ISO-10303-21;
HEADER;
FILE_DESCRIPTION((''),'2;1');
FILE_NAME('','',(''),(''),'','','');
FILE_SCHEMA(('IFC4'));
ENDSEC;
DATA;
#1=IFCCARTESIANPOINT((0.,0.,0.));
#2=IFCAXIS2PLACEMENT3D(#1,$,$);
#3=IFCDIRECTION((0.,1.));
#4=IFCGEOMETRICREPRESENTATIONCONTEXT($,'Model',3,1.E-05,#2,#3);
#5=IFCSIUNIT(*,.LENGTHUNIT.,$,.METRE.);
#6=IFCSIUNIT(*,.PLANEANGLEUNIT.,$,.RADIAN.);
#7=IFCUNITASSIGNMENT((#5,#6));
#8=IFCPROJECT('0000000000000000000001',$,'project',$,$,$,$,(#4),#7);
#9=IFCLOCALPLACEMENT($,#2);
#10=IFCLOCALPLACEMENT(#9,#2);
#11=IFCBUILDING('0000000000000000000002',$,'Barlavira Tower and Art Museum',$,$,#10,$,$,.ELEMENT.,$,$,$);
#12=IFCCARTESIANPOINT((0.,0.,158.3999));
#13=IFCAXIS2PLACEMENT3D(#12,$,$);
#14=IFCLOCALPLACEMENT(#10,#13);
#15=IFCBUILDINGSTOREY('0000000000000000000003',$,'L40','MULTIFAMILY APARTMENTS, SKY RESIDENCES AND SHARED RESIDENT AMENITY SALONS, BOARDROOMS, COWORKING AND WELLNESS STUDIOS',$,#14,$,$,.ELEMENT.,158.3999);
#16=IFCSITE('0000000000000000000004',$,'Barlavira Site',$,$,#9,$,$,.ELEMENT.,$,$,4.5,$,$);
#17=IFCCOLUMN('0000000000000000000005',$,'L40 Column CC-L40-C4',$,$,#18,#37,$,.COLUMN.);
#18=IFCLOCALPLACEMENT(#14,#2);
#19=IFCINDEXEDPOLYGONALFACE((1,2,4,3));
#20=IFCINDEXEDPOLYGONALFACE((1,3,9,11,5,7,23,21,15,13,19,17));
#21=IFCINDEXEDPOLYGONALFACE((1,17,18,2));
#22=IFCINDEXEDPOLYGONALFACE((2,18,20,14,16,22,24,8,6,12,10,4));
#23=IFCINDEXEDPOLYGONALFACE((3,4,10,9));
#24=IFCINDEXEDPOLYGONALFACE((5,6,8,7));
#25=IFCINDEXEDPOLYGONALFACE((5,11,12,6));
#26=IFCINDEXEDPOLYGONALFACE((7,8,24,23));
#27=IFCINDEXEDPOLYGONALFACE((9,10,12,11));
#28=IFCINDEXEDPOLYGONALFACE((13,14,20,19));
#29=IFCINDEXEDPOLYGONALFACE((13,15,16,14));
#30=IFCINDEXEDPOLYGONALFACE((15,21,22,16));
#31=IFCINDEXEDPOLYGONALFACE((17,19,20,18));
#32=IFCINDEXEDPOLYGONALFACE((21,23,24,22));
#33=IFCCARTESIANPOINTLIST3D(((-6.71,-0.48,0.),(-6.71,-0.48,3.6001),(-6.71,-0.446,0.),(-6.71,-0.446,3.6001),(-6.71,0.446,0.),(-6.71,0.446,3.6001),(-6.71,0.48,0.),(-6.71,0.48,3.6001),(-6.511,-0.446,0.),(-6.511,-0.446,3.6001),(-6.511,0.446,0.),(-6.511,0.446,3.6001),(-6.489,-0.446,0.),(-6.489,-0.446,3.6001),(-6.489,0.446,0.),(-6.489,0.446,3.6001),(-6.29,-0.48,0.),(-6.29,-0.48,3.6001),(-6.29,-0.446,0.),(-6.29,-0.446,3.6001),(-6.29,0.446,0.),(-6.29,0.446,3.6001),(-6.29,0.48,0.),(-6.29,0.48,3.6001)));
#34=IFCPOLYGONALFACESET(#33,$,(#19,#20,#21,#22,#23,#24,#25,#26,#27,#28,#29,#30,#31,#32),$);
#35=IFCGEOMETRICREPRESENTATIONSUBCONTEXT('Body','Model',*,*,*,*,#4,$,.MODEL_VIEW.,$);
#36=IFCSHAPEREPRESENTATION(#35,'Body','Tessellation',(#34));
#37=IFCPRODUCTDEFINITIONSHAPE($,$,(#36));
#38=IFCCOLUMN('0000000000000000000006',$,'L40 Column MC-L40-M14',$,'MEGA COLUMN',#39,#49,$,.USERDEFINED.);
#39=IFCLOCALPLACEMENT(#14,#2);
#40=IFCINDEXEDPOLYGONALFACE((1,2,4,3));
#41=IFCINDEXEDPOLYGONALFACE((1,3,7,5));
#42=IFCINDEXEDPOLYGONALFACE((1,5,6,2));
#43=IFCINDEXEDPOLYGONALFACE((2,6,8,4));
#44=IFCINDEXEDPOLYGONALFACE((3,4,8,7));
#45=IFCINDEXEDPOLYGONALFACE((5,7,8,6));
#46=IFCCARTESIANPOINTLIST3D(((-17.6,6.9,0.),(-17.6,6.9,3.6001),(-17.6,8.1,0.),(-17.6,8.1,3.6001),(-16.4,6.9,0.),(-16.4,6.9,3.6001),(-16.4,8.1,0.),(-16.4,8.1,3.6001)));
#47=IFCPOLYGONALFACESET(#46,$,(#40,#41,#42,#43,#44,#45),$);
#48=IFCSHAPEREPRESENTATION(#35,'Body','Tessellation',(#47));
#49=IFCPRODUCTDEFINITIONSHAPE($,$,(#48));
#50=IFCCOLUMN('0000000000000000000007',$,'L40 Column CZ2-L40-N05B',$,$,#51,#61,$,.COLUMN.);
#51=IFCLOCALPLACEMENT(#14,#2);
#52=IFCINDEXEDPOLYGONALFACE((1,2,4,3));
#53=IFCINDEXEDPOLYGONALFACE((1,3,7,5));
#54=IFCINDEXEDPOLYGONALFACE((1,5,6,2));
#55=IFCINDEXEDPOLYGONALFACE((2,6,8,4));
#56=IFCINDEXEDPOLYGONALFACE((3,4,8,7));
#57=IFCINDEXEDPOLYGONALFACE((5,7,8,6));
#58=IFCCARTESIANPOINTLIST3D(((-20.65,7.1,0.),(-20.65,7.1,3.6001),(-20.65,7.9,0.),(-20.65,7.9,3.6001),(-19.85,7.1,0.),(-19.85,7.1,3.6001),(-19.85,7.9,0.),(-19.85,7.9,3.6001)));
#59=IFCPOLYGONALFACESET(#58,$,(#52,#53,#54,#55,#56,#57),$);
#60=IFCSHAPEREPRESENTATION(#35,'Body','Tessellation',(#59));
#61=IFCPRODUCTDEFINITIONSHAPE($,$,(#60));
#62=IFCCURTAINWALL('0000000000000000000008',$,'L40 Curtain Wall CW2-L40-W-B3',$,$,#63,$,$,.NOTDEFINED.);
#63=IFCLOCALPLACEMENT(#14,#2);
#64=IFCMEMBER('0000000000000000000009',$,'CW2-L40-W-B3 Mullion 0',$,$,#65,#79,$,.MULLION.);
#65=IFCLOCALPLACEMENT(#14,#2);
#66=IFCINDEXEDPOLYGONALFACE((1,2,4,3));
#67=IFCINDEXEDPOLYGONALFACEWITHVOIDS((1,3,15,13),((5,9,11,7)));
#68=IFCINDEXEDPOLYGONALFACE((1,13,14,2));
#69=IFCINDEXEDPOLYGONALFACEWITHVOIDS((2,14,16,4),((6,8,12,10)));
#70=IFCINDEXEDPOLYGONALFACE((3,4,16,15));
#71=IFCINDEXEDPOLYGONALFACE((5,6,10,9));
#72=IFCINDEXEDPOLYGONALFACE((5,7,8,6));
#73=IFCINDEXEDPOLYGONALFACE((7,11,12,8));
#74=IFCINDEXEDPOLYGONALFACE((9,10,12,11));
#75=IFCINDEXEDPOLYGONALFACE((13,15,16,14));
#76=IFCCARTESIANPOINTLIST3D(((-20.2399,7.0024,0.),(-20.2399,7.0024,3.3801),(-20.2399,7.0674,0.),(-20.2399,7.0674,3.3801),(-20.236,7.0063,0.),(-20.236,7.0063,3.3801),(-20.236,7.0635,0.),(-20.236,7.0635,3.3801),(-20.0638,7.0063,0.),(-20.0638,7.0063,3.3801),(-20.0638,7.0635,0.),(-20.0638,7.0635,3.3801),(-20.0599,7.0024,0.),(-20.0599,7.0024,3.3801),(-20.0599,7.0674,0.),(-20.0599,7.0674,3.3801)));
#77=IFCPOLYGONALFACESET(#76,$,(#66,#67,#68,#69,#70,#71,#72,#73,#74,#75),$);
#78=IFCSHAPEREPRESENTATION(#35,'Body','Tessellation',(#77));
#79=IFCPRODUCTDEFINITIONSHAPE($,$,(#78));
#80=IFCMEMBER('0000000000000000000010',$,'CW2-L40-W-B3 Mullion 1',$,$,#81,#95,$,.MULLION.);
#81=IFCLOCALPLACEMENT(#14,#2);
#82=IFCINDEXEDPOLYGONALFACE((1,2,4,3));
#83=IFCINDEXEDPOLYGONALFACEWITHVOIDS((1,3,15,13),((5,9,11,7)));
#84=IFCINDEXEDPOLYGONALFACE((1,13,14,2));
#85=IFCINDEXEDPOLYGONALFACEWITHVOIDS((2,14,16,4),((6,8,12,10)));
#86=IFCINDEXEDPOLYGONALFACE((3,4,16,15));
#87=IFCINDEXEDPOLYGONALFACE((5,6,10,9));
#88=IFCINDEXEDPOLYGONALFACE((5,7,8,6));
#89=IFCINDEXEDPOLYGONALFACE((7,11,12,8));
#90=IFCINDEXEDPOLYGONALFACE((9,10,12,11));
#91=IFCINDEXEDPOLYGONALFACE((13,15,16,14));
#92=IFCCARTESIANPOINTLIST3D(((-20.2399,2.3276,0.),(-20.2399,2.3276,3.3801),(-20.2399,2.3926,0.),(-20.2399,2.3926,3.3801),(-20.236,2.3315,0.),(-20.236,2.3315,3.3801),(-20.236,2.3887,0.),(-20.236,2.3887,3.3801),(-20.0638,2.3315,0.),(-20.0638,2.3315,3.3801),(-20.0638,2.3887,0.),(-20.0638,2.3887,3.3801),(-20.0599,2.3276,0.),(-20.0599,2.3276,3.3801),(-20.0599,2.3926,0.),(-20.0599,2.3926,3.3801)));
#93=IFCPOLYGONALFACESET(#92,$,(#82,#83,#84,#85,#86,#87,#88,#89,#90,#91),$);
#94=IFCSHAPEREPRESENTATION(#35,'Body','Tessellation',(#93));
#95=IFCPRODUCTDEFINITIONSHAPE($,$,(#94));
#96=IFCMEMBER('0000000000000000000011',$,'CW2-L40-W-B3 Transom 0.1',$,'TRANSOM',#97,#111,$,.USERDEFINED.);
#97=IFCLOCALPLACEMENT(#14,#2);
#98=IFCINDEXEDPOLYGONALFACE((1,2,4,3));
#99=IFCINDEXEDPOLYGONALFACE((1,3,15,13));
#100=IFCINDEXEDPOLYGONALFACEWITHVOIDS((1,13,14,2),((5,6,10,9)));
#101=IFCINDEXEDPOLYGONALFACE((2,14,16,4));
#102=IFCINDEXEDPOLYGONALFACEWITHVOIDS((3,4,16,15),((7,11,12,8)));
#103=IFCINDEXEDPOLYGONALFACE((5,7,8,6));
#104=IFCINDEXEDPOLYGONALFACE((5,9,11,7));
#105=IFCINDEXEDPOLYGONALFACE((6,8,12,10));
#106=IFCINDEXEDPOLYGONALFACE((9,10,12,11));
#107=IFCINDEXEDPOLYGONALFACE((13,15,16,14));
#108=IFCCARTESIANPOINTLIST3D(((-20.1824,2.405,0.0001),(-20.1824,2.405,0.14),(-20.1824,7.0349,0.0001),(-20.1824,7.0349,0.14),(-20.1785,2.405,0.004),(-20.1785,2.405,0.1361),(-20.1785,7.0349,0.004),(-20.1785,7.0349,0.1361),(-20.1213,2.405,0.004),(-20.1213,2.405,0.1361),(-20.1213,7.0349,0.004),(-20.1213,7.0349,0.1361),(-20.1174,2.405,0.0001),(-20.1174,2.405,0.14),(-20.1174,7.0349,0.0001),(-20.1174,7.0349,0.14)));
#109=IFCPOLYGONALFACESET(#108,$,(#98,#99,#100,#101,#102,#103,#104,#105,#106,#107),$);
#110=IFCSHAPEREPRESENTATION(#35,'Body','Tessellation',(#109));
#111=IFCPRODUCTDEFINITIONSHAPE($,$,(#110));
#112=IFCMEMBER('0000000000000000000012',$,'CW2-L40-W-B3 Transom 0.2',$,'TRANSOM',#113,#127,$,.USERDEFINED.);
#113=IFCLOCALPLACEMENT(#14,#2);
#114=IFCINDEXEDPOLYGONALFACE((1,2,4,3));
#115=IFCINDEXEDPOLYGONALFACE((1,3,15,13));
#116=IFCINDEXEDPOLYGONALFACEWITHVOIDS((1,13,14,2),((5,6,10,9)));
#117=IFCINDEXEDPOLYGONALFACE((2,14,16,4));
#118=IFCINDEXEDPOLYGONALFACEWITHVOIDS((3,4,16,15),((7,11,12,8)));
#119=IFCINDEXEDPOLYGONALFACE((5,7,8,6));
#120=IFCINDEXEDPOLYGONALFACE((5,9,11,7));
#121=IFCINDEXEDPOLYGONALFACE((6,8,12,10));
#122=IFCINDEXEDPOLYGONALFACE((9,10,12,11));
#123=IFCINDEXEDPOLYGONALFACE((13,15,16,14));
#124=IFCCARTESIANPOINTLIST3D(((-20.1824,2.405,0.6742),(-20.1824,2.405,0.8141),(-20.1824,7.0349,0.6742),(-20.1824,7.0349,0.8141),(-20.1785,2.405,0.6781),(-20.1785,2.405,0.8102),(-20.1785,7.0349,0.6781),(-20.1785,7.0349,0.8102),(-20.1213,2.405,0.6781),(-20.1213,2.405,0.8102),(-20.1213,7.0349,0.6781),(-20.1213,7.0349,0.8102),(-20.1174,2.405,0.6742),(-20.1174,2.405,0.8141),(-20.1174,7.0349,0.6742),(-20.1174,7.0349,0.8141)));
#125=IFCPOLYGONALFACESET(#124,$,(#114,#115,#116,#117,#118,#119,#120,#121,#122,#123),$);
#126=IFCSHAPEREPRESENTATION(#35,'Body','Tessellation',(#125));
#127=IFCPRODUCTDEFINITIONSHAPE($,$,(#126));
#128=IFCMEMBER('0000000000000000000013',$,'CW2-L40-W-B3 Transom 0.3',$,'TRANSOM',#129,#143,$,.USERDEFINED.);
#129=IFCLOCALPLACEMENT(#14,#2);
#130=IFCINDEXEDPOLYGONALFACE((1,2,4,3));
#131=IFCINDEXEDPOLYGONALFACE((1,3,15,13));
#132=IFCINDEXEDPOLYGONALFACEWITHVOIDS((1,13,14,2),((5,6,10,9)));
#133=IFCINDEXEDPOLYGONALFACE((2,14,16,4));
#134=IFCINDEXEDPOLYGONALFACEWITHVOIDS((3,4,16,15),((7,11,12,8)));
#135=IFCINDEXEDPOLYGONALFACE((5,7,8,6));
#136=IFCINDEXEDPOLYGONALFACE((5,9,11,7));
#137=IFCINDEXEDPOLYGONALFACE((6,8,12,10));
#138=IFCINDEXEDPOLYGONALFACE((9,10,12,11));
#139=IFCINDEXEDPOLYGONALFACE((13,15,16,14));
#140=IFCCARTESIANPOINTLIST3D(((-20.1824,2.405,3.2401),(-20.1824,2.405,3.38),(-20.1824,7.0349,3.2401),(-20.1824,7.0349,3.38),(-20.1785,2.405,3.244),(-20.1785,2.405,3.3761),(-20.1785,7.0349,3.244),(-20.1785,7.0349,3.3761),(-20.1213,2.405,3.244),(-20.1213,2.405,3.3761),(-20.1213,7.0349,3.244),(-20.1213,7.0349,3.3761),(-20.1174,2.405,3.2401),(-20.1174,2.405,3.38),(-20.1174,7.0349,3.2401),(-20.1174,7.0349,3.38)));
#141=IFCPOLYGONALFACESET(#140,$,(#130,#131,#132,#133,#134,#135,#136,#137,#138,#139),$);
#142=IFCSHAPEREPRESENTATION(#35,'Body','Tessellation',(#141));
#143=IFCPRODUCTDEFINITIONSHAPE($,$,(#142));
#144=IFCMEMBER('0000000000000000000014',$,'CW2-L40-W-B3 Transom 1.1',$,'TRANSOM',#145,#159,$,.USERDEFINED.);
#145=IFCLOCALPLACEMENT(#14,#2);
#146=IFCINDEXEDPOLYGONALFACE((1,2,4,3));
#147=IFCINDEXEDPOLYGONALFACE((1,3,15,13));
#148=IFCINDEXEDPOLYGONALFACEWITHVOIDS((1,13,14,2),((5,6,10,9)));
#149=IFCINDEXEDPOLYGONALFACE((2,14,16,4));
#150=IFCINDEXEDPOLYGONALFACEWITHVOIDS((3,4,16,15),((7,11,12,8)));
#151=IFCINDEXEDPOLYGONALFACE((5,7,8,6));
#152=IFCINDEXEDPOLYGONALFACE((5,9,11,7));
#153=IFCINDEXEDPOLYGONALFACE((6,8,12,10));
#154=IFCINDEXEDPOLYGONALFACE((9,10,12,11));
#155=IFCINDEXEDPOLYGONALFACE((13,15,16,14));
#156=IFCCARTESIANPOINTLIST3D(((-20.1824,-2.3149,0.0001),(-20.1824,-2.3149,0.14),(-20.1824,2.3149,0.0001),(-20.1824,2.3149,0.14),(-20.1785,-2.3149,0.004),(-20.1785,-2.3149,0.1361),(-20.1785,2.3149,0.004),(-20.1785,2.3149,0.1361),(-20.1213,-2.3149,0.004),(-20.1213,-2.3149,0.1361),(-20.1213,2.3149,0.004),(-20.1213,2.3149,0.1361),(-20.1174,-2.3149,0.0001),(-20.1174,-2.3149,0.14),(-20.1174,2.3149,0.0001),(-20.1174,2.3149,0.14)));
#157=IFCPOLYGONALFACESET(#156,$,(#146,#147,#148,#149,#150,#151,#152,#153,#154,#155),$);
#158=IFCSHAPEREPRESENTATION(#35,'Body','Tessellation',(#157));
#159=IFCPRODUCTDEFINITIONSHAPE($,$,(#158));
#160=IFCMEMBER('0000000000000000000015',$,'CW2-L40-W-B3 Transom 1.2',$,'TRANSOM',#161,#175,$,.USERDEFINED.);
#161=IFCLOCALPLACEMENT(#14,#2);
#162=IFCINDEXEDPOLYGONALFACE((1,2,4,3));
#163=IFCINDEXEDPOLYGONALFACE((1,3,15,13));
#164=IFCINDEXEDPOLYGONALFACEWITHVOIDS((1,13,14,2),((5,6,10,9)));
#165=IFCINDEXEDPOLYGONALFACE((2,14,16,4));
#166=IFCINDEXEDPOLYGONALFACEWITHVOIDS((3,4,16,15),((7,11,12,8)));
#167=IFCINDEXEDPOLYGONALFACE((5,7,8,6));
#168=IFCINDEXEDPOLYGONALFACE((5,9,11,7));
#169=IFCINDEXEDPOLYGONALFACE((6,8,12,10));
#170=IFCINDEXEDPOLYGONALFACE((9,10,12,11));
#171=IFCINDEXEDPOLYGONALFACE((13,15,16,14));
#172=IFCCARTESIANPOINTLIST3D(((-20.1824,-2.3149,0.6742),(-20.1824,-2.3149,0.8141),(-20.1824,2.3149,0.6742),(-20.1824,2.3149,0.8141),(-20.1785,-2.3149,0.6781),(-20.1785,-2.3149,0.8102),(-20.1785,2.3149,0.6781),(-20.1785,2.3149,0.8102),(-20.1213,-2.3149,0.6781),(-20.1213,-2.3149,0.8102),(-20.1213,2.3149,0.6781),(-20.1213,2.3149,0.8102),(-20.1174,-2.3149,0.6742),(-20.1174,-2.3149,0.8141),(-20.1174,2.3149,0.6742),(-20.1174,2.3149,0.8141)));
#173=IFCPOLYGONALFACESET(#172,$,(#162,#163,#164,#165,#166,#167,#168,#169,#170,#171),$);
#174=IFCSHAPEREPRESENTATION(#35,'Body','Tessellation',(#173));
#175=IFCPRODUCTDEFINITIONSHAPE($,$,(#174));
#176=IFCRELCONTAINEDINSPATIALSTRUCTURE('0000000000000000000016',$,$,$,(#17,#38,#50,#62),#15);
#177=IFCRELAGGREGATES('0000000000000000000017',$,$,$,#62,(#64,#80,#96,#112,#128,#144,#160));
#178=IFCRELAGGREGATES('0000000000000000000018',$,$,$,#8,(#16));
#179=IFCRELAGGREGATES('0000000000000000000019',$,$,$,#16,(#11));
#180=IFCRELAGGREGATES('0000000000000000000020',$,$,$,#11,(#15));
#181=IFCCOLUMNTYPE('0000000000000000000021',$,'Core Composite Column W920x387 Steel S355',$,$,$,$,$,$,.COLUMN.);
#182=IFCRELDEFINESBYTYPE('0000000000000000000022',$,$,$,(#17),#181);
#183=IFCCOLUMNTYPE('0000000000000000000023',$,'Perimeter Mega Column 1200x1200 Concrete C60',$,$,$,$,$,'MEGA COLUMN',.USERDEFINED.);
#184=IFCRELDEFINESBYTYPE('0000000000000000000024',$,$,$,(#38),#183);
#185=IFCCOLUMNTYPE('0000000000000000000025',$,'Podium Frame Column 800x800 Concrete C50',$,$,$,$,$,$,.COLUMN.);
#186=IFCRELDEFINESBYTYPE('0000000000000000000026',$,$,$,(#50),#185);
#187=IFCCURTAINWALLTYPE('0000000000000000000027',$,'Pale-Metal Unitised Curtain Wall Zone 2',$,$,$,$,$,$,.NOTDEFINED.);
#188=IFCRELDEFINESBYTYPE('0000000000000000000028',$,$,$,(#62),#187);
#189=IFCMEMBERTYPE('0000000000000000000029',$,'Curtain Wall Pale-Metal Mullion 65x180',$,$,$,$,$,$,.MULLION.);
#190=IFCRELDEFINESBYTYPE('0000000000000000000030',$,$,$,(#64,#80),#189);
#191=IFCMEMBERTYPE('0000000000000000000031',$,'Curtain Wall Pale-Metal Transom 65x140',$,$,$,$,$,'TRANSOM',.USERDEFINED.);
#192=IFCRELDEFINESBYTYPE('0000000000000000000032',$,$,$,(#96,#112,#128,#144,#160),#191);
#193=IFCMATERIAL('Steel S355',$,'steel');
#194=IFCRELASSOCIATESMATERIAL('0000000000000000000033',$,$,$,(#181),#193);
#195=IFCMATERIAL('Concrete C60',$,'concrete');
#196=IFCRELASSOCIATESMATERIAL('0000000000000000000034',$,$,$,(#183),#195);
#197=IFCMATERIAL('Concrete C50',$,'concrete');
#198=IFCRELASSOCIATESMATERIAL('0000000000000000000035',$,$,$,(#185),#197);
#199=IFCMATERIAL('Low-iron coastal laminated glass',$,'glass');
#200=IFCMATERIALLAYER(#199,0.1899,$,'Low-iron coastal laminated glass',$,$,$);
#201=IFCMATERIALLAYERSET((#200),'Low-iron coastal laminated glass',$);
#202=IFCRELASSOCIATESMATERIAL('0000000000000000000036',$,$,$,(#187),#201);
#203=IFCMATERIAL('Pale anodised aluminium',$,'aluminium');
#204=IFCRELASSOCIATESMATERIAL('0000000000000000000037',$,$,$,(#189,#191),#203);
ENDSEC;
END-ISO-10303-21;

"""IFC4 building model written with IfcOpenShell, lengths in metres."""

from ifc_helpers import new_model, si_unit, direction, frame, origin, origin_2d, place, context, subcontext, project, spatial, rectangle, hollow_rectangle, i_section, extrude, material, layer, layer_set, material_profile, profile_set, type_object, element, aggregate, save


model = new_model("IFC4")

# Units and contexts
model_context = context("Model", 3, precision=1e-05, world=origin(), true_north=direction((0.0, 1.0)))
body_context = subcontext(model_context, "Body", "Model", "MODEL_VIEW")
ifc_project = project(units=[si_unit("LENGTHUNIT", "METRE"), si_unit("PLANEANGLEUNIT", "RADIAN")], contexts=[model_context])

# Site, building, storey
site_placement = place(None, origin())
site = spatial("IfcSite", under=ifc_project, at=site_placement, Name="Barlavira Site", CompositionType="ELEMENT", RefElevation=4.5)
building_placement = place(site_placement, origin())
building = spatial("IfcBuilding", under=site, at=building_placement, Name="Barlavira Tower and Art Museum", CompositionType="ELEMENT")
storey_placement = place(building_placement, frame((0.0, 0.0, 158.3999)))
storey = spatial("IfcBuildingStorey", under=building, at=storey_placement, Name="L40", Description="MULTIFAMILY APARTMENTS, SKY RESIDENCES AND SHARED RESIDENT AMENITY SALONS, BOARDROOMS, COWORKING AND WELLNESS STUDIOS", CompositionType="ELEMENT", Elevation=158.3999)

# Columns
ifc_material_1 = material(Name="Steel S355", Category="steel")
ifc_material_profile_1 = material_profile(ifc_material_1, i_section(OverallWidth=0.4199, OverallDepth=0.96, WebThickness=0.022, FlangeThickness=0.0339, at=origin_2d()), Name="W920x387.0")
ifc_profile_set_1 = profile_set([ifc_material_profile_1], Name="Steel S355")
column_type_1 = type_object("IfcColumnType", Name="Core Composite Column W920x387 Steel S355", PredefinedType="COLUMN", material=ifc_profile_set_1)
column_1_placement = place(storey_placement, frame((-6.5, 0.0, 0.0), z_axis=(0.0, 0.0, 1.0), x_axis=(1.0, 0.0, 0.0)))
element("IfcColumn", 1, at=column_1_placement, inside=storey, type_object=column_type_1, Name="L40 Column CC-L40-C4", PredefinedType="COLUMN", context=body_context, shape_type="SweptSolid", body=[
    extrude(i_section(OverallWidth=0.4199, OverallDepth=0.96, WebThickness=0.022, FlangeThickness=0.0339, at=origin_2d()), origin(), (0.0, 0.0, 1.0), 3.6001),
])
ifc_material_2 = material(Name="Concrete C60", Category="concrete")
ifc_material_profile_2 = material_profile(ifc_material_2, rectangle(XDim=1.2, YDim=1.2, at=origin_2d()), Name="RC-COL 1200x1200")
ifc_profile_set_2 = profile_set([ifc_material_profile_2], Name="Concrete C60")
column_type_2 = type_object("IfcColumnType", Name="Perimeter Mega Column 1200x1200 Concrete C60", ElementType="MEGA COLUMN", PredefinedType="USERDEFINED", material=ifc_profile_set_2)
column_2_placement = place(storey_placement, frame((-17.0, 7.5, 0.0), z_axis=(0.0, 0.0, 1.0), x_axis=(1.0, 0.0, 0.0)))
element("IfcColumn", 2, at=column_2_placement, inside=storey, type_object=column_type_2, Name="L40 Column MC-L40-M14", ObjectType="MEGA COLUMN", PredefinedType="USERDEFINED", context=body_context, shape_type="SweptSolid", body=[
    extrude(rectangle(XDim=1.2, YDim=1.2, at=origin_2d()), origin(), (0.0, 0.0, 1.0), 3.6001),
])
ifc_material_3 = material(Name="Concrete C50", Category="concrete")
ifc_material_profile_3 = material_profile(ifc_material_3, rectangle(XDim=0.8, YDim=0.8, at=origin_2d()), Name="RC-COL 800x800")
ifc_profile_set_3 = profile_set([ifc_material_profile_3], Name="Concrete C50")
column_type_3 = type_object("IfcColumnType", Name="Podium Frame Column 800x800 Concrete C50", PredefinedType="COLUMN", material=ifc_profile_set_3)
column_3_placement = place(storey_placement, frame((-20.25, 7.5, 0.0), z_axis=(0.0, 0.0, 1.0), x_axis=(1.0, 0.0, 0.0)))
element("IfcColumn", 3, at=column_3_placement, inside=storey, type_object=column_type_3, Name="L40 Column CZ2-L40-N05B", PredefinedType="COLUMN", context=body_context, shape_type="SweptSolid", body=[
    extrude(rectangle(XDim=0.8, YDim=0.8, at=origin_2d()), origin(), (0.0, 0.0, 1.0), 3.6001),
])

# Curtain wall, members
ifc_material_4 = material(Name="Low-iron coastal laminated glass", Category="glass")
ifc_layer_1 = layer(ifc_material_4, 0.1899, Name="Low-iron coastal laminated glass")
ifc_layer_set_1 = layer_set([ifc_layer_1], Name="Low-iron coastal laminated glass")
curtain_wall_type = type_object("IfcCurtainWallType", Name="Pale-Metal Unitised Curtain Wall Zone 2", PredefinedType="NOTDEFINED", material=ifc_layer_set_1)
curtain_wall_placement = place(storey_placement, origin())
curtain_wall = element("IfcCurtainWall", 4, at=curtain_wall_placement, inside=storey, type_object=curtain_wall_type, Name="L40 Curtain Wall CW2-L40-W-B3", PredefinedType="NOTDEFINED")
ifc_material_5 = material(Name="Pale anodised aluminium", Category="aluminium")
ifc_material_profile_4 = material_profile(ifc_material_5, hollow_rectangle(XDim=0.0649, YDim=0.1799, WallThickness=0.0039, at=origin_2d()), Name="ALU-MULL 65x180x4")
ifc_profile_set_4 = profile_set([ifc_material_profile_4], Name="Pale anodised aluminium")
member_type_1 = type_object("IfcMemberType", Name="Curtain Wall Pale-Metal Mullion 65x180", PredefinedType="MULLION", material=ifc_profile_set_4)
member_1_placement = place(storey_placement, frame((-20.1499, 7.0349, 0.0), z_axis=(0.0, 0.0, 1.0), x_axis=(0.0, -1.0, 0.0)))
member_1 = element("IfcMember", 5, at=member_1_placement, type_object=member_type_1, Name="CW2-L40-W-B3 Mullion 0", PredefinedType="MULLION", context=body_context, shape_type="SweptSolid", body=[
    extrude(hollow_rectangle(XDim=0.0649, YDim=0.1799, WallThickness=0.0039, at=origin_2d()), origin(), (0.0, 0.0, 1.0), 3.3801),
])
member_2_placement = place(storey_placement, frame((-20.1499, 2.3601, 0.0), z_axis=(0.0, 0.0, 1.0), x_axis=(0.0, -1.0, 0.0)))
member_2 = element("IfcMember", 6, at=member_2_placement, type_object=member_type_1, Name="CW2-L40-W-B3 Mullion 1", PredefinedType="MULLION", context=body_context, shape_type="SweptSolid", body=[
    extrude(hollow_rectangle(XDim=0.0649, YDim=0.1799, WallThickness=0.0039, at=origin_2d()), origin(), (0.0, 0.0, 1.0), 3.3801),
])
ifc_material_profile_5 = material_profile(ifc_material_5, hollow_rectangle(XDim=0.0649, YDim=0.1399, WallThickness=0.0039, at=origin_2d()), Name="ALU-TRAN 65x140x4")
ifc_profile_set_5 = profile_set([ifc_material_profile_5], Name="Pale anodised aluminium")
member_type_2 = type_object("IfcMemberType", Name="Curtain Wall Pale-Metal Transom 65x140", ElementType="TRANSOM", PredefinedType="USERDEFINED", material=ifc_profile_set_5)
member_3_placement = place(storey_placement, frame((-20.1499, 7.0349, 0.0701), z_axis=(0.0, -1.0, 0.0), x_axis=(1.0, 0.0, 0.0)))
member_3 = element("IfcMember", 7, at=member_3_placement, type_object=member_type_2, Name="CW2-L40-W-B3 Transom 0.1", ObjectType="TRANSOM", PredefinedType="USERDEFINED", context=body_context, shape_type="SweptSolid", body=[
    extrude(hollow_rectangle(XDim=0.0649, YDim=0.1399, WallThickness=0.0039, at=origin_2d()), origin(), (0.0, 0.0, 1.0), 4.6299),
])
member_4_placement = place(storey_placement, frame((-20.1499, 7.0349, 0.7441), z_axis=(0.0, -1.0, 0.0), x_axis=(1.0, 0.0, 0.0)))
member_4 = element("IfcMember", 8, at=member_4_placement, type_object=member_type_2, Name="CW2-L40-W-B3 Transom 0.2", ObjectType="TRANSOM", PredefinedType="USERDEFINED", context=body_context, shape_type="SweptSolid", body=[
    extrude(hollow_rectangle(XDim=0.0649, YDim=0.1399, WallThickness=0.0039, at=origin_2d()), origin(), (0.0, 0.0, 1.0), 4.6299),
])
member_5_placement = place(storey_placement, frame((-20.1499, 7.0349, 3.3101), z_axis=(0.0, -1.0, 0.0), x_axis=(1.0, 0.0, 0.0)))
member_5 = element("IfcMember", 9, at=member_5_placement, type_object=member_type_2, Name="CW2-L40-W-B3 Transom 0.3", ObjectType="TRANSOM", PredefinedType="USERDEFINED", context=body_context, shape_type="SweptSolid", body=[
    extrude(hollow_rectangle(XDim=0.0649, YDim=0.1399, WallThickness=0.0039, at=origin_2d()), origin(), (0.0, 0.0, 1.0), 4.6299),
])
member_6_placement = place(storey_placement, frame((-20.1499, 2.3149, 0.0701), z_axis=(0.0, -1.0, 0.0), x_axis=(1.0, 0.0, 0.0)))
member_6 = element("IfcMember", 10, at=member_6_placement, type_object=member_type_2, Name="CW2-L40-W-B3 Transom 1.1", ObjectType="TRANSOM", PredefinedType="USERDEFINED", context=body_context, shape_type="SweptSolid", body=[
    extrude(hollow_rectangle(XDim=0.0649, YDim=0.1399, WallThickness=0.0039, at=origin_2d()), origin(), (0.0, 0.0, 1.0), 4.6299),
])
member_7_placement = place(storey_placement, frame((-20.1499, 2.3149, 0.7441), z_axis=(0.0, -1.0, 0.0), x_axis=(1.0, 0.0, 0.0)))
member_7 = element("IfcMember", 11, at=member_7_placement, type_object=member_type_2, Name="CW2-L40-W-B3 Transom 1.2", ObjectType="TRANSOM", PredefinedType="USERDEFINED", context=body_context, shape_type="SweptSolid", body=[
    extrude(hollow_rectangle(XDim=0.0649, YDim=0.1399, WallThickness=0.0039, at=origin_2d()), origin(), (0.0, 0.0, 1.0), 4.6299),
])

aggregate(curtain_wall, [member_1, member_2, member_3, member_4, member_5, member_6, member_7])

save(model, "model.ifc")
